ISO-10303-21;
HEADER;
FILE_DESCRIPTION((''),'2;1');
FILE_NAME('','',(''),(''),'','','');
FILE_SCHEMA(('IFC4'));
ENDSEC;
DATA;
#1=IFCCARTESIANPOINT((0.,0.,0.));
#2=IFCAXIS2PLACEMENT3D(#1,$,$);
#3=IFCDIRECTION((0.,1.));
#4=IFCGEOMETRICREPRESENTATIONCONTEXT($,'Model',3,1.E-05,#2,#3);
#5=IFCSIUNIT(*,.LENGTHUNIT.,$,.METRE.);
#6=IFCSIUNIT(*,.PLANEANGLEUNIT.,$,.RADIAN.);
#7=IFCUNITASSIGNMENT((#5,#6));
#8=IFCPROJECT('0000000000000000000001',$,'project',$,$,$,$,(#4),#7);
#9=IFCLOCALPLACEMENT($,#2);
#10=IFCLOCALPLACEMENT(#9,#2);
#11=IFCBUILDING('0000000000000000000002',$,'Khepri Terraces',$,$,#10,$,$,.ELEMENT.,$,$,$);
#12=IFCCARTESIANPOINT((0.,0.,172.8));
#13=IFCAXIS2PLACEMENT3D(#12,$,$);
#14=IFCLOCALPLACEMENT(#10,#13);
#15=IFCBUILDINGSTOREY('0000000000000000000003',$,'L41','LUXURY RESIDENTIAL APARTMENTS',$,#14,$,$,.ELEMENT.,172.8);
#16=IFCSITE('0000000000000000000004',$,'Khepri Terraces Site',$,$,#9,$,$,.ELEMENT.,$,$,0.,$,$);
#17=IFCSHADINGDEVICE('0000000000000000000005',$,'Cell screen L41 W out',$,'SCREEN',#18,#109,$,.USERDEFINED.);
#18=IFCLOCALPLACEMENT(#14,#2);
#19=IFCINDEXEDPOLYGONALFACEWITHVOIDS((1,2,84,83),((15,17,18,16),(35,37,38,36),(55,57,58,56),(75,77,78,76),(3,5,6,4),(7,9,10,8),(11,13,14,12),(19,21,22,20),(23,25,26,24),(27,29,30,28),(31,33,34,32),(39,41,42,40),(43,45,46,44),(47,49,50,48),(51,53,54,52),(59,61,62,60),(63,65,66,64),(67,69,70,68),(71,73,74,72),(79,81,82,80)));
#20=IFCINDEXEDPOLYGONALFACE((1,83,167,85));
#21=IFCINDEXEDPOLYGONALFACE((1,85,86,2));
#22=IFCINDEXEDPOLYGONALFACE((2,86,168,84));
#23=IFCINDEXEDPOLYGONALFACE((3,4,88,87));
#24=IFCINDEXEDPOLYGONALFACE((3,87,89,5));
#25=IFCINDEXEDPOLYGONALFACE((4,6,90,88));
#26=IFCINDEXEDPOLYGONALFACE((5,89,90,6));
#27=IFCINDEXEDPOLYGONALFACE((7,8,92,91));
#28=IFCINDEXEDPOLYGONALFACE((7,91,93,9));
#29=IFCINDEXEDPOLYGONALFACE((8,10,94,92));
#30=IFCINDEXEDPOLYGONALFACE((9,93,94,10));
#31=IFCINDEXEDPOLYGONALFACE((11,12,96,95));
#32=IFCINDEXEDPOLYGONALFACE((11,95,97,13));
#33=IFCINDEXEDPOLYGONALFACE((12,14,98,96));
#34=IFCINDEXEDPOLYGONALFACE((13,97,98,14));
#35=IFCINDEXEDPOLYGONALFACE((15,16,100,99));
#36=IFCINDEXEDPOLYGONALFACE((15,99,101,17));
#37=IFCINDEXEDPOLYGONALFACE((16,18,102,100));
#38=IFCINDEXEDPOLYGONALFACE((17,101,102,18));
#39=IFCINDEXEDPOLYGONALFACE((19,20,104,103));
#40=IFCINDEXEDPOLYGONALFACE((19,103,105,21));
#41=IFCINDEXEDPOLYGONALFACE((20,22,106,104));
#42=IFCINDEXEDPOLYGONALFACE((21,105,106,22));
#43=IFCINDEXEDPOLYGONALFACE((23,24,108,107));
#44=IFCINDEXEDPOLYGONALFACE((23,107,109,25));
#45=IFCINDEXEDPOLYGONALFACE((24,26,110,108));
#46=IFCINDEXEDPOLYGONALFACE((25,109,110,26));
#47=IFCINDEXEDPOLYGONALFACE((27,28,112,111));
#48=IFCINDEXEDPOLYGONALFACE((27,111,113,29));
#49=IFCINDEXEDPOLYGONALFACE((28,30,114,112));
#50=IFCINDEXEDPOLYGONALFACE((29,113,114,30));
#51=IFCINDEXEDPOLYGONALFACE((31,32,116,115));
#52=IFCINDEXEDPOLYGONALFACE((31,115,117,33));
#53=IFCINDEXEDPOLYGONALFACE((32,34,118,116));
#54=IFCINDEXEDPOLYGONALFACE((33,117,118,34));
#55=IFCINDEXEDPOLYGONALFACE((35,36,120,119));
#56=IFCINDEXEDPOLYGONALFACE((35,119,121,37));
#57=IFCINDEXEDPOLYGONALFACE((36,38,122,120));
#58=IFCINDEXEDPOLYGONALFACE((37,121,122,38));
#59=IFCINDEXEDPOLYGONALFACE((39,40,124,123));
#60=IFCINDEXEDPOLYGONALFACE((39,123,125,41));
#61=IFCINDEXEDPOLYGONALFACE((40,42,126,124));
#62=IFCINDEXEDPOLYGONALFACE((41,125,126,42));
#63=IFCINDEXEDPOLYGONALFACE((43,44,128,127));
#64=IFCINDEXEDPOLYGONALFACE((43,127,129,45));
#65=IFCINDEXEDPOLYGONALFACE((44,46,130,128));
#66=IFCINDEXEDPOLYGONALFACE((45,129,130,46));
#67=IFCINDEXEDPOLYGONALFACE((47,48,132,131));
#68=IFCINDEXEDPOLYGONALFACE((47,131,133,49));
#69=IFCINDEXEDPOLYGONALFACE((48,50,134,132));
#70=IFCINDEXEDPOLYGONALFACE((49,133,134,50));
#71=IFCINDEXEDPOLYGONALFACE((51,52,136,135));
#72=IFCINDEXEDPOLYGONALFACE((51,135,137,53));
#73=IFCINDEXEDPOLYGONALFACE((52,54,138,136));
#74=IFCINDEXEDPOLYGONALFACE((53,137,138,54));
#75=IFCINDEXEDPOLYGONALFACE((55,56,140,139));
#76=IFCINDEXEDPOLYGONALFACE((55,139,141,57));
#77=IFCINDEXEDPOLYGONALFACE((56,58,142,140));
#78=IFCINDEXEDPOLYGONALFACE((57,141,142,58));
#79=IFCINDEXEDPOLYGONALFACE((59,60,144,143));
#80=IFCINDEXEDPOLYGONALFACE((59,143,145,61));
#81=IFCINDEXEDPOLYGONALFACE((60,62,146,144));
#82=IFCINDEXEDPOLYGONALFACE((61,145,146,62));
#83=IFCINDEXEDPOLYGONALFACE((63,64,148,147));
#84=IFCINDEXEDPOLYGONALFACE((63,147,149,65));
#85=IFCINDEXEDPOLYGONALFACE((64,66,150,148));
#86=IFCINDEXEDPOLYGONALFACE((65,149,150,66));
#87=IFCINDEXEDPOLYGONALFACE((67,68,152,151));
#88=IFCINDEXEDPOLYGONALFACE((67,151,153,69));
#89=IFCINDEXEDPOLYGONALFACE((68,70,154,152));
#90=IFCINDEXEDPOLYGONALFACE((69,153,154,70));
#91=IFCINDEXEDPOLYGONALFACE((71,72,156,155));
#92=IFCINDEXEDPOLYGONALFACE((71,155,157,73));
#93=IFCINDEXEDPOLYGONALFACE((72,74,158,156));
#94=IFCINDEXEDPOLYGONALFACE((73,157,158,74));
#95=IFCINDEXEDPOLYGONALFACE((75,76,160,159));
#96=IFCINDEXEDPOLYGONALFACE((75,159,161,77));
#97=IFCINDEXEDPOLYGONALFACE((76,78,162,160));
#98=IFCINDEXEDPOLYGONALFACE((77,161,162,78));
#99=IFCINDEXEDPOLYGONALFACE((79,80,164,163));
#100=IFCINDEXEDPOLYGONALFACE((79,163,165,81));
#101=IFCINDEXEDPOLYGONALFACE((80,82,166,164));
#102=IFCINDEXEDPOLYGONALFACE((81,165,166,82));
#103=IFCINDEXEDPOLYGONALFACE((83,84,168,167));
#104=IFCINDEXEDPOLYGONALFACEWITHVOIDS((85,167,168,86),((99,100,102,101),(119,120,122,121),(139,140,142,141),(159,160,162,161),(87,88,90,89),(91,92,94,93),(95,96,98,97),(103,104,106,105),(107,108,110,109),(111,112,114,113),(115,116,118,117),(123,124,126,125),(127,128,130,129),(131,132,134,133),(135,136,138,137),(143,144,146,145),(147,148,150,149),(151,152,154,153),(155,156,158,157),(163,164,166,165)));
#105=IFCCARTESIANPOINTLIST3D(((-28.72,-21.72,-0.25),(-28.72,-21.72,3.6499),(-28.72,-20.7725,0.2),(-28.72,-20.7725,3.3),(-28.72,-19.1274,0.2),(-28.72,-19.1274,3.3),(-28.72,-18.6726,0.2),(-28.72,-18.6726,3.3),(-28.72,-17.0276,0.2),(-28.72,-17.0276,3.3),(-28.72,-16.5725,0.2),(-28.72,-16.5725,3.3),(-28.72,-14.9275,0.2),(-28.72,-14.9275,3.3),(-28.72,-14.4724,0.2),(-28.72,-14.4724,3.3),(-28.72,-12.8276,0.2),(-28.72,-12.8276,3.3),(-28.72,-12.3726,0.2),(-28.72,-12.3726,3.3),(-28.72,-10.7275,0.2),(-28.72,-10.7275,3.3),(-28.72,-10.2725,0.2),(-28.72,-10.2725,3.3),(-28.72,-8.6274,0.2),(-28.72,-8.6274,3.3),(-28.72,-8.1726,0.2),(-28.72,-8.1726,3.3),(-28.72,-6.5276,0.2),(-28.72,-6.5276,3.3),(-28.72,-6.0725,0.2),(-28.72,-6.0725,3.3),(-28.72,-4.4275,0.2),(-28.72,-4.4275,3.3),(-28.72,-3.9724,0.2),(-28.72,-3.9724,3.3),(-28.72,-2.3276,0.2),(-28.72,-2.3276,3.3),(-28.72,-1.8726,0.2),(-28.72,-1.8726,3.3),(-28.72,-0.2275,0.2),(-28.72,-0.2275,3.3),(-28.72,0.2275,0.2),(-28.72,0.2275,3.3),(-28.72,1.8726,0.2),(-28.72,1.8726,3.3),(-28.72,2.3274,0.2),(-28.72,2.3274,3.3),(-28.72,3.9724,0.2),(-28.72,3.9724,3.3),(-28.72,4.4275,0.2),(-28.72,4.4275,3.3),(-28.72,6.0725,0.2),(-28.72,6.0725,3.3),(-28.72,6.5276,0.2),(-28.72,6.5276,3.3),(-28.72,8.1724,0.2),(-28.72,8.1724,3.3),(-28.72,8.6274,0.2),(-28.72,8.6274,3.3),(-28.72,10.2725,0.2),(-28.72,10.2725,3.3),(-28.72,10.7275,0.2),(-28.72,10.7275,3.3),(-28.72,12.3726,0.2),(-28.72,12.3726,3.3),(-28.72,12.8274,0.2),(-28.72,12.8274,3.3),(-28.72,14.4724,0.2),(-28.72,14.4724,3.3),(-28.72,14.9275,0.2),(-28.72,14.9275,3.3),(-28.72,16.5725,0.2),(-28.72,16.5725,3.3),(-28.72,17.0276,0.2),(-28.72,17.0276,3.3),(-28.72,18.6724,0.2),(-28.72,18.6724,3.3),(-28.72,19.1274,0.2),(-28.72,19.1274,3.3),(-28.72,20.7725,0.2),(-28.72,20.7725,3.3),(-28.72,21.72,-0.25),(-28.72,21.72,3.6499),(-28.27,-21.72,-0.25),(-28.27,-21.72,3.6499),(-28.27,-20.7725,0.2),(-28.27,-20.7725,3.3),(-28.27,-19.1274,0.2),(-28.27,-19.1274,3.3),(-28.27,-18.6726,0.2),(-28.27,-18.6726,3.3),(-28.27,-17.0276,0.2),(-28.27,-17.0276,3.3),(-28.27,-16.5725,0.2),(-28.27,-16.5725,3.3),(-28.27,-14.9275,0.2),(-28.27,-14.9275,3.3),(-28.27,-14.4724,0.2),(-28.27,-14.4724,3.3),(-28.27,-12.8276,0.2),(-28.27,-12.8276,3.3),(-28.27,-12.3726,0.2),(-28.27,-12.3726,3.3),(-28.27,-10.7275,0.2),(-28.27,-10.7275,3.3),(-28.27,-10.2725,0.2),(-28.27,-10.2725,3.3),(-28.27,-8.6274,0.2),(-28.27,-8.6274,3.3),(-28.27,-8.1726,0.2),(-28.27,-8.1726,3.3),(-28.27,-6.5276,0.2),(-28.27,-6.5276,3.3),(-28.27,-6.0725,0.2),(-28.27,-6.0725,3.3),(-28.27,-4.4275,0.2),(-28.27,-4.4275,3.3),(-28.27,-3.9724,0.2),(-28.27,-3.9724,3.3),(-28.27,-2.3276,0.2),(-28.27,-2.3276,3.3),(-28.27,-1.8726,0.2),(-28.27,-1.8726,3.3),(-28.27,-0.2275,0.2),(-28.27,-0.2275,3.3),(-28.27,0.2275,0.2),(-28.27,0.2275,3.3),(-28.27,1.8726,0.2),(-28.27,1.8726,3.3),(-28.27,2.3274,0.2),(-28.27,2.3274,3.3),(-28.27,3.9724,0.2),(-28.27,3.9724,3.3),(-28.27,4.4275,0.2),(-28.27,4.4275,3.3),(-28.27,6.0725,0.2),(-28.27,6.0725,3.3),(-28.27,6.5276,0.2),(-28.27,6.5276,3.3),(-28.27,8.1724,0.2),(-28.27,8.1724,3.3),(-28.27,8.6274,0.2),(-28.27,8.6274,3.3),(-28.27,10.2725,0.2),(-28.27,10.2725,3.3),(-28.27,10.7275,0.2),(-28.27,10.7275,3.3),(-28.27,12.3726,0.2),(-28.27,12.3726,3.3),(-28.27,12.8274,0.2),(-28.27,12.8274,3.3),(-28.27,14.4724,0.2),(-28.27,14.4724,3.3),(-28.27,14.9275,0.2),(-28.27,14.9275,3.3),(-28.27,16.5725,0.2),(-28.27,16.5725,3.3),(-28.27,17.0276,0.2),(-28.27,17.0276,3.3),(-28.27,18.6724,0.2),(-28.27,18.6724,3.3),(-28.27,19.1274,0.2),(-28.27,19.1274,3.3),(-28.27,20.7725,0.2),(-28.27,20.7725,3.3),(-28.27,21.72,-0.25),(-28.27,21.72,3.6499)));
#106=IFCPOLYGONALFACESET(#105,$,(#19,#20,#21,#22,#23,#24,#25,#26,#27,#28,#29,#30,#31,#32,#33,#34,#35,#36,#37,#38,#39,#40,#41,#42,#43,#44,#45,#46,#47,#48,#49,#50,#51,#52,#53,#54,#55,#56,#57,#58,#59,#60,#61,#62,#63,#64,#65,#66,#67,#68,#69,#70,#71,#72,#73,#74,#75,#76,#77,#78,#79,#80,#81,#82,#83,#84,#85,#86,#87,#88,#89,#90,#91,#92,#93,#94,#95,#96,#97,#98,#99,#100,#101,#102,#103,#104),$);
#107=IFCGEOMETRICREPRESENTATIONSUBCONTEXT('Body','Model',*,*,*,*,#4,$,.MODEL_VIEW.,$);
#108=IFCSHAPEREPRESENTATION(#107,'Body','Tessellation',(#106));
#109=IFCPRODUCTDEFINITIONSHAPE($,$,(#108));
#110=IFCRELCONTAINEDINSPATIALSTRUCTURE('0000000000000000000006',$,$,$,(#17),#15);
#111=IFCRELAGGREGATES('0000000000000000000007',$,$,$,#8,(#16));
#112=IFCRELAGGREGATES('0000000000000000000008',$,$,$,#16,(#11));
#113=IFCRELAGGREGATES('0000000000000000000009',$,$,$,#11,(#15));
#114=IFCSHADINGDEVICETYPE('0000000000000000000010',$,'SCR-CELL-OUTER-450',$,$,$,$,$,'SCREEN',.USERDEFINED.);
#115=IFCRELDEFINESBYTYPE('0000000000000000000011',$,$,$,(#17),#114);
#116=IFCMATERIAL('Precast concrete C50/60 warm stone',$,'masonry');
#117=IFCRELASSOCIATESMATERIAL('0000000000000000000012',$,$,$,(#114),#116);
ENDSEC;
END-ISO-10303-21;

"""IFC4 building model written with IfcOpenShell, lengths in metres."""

from ifc_helpers import new_model, si_unit, direction, frame, origin, place, context, subcontext, project, spatial, polyline, outline, extrude, material, type_object, element, save


model = new_model("IFC4")

# Units and contexts
model_context = context("Model", 3, precision=1e-05, world=origin(), true_north=direction((0.0, 1.0)))
body_context = subcontext(model_context, "Body", "Model", "MODEL_VIEW")
ifc_project = project(units=[si_unit("LENGTHUNIT", "METRE"), si_unit("PLANEANGLEUNIT", "RADIAN")], contexts=[model_context])

# Site, building, storey
site_placement = place(None, origin())
site = spatial("IfcSite", under=ifc_project, at=site_placement, Name="Khepri Terraces Site", CompositionType="ELEMENT", RefElevation=0.0)
building_placement = place(site_placement, origin())
building = spatial("IfcBuilding", under=site, at=building_placement, Name="Khepri Terraces", CompositionType="ELEMENT")
storey_placement = place(building_placement, frame((0.0, 0.0, 172.8)))
storey = spatial("IfcBuildingStorey", under=building, at=storey_placement, Name="L41", Description="LUXURY RESIDENTIAL APARTMENTS", CompositionType="ELEMENT", Elevation=172.8)

# Shared definitions
ifc_material_1 = material(Name="Precast concrete C50/60 warm stone", Category="masonry")

# Shading device
shading_device_type_1 = type_object("IfcShadingDeviceType", Name="SCR-CELL-OUTER-450", ElementType="SCREEN", PredefinedType="USERDEFINED", material=ifc_material_1)
shading_device_1_placement = place(storey_placement, frame((-28.27, 21.72, -0.25), z_axis=(-1.0, 0.0, 0.0), x_axis=(0.0, -1.0, 0.0)))
element("IfcShadingDevice", 1, at=shading_device_1_placement, inside=storey, type_object=shading_device_type_1, Name="Cell screen L41 W out", ObjectType="SCREEN", PredefinedType="USERDEFINED", context=body_context, shape_type="SweptSolid", body=[
    extrude(outline(polyline([(0.0, 0.0), (43.4399, 0.0), (43.4399, 3.8999), (0.0, 3.8999), (0.0, 0.0)]), holes=[polyline([(0.9475, 0.45), (2.5925, 0.45), (2.5925, 3.55), (0.9475, 3.55), (0.9475, 0.45)]), polyline([(3.0476, 0.45), (4.6924, 0.45), (4.6924, 3.55), (3.0476, 3.55), (3.0476, 0.45)]), polyline([(5.1475, 0.45), (6.7925, 0.45), (6.7925, 3.55), (5.1475, 3.55), (5.1475, 0.45)]), polyline([(7.2476, 0.45), (8.8926, 0.45), (8.8926, 3.55), (7.2476, 3.55), (7.2476, 0.45)]), polyline([(9.3474, 0.45), (10.9924, 0.45), (10.9924, 3.55), (9.3474, 3.55), (9.3474, 0.45)]), polyline([(11.4475, 0.45), (13.0925, 0.45), (13.0925, 3.55), (11.4475, 3.55), (11.4475, 0.45)]), polyline([(13.5476, 0.45), (15.1924, 0.45), (15.1924, 3.55), (13.5476, 3.55), (13.5476, 0.45)]), polyline([(15.6475, 0.45), (17.2925, 0.45), (17.2925, 3.55), (15.6475, 3.55), (15.6475, 0.45)]), polyline([(17.7476, 0.45), (19.3926, 0.45), (19.3926, 3.55), (17.7476, 3.55), (17.7476, 0.45)]), polyline([(19.8474, 0.45), (21.4924, 0.45), (21.4924, 3.55), (19.8474, 3.55), (19.8474, 0.45)]), polyline([(21.9475, 0.45), (23.5925, 0.45), (23.5925, 3.55), (21.9475, 3.55), (21.9475, 0.45)]), polyline([(24.0476, 0.45), (25.6924, 0.45), (25.6924, 3.55), (24.0476, 3.55), (24.0476, 0.45)]), polyline([(26.1475, 0.45), (27.7925, 0.45), (27.7925, 3.55), (26.1475, 3.55), (26.1475, 0.45)]), polyline([(28.2476, 0.45), (29.8926, 0.45), (29.8926, 3.55), (28.2476, 3.55), (28.2476, 0.45)]), polyline([(30.3474, 0.45), (31.9924, 0.45), (31.9924, 3.55), (30.3474, 3.55), (30.3474, 0.45)]), polyline([(32.4475, 0.45), (34.0925, 0.45), (34.0925, 3.55), (32.4475, 3.55), (32.4475, 0.45)]), polyline([(34.5476, 0.45), (36.1924, 0.45), (36.1924, 3.55), (34.5476, 3.55), (34.5476, 0.45)]), polyline([(36.6475, 0.45), (38.2925, 0.45), (38.2925, 3.55), (36.6475, 3.55), (36.6475, 0.45)]), polyline([(38.7476, 0.45), (40.3926, 0.45), (40.3926, 3.55), (38.7476, 3.55), (38.7476, 0.45)]), polyline([(40.8474, 0.45), (42.4924, 0.45), (42.4924, 3.55), (40.8474, 3.55), (40.8474, 0.45)])]), origin(), (0.0, 0.0, 1.0), 0.45),
])

save(model, "model.ifc")
